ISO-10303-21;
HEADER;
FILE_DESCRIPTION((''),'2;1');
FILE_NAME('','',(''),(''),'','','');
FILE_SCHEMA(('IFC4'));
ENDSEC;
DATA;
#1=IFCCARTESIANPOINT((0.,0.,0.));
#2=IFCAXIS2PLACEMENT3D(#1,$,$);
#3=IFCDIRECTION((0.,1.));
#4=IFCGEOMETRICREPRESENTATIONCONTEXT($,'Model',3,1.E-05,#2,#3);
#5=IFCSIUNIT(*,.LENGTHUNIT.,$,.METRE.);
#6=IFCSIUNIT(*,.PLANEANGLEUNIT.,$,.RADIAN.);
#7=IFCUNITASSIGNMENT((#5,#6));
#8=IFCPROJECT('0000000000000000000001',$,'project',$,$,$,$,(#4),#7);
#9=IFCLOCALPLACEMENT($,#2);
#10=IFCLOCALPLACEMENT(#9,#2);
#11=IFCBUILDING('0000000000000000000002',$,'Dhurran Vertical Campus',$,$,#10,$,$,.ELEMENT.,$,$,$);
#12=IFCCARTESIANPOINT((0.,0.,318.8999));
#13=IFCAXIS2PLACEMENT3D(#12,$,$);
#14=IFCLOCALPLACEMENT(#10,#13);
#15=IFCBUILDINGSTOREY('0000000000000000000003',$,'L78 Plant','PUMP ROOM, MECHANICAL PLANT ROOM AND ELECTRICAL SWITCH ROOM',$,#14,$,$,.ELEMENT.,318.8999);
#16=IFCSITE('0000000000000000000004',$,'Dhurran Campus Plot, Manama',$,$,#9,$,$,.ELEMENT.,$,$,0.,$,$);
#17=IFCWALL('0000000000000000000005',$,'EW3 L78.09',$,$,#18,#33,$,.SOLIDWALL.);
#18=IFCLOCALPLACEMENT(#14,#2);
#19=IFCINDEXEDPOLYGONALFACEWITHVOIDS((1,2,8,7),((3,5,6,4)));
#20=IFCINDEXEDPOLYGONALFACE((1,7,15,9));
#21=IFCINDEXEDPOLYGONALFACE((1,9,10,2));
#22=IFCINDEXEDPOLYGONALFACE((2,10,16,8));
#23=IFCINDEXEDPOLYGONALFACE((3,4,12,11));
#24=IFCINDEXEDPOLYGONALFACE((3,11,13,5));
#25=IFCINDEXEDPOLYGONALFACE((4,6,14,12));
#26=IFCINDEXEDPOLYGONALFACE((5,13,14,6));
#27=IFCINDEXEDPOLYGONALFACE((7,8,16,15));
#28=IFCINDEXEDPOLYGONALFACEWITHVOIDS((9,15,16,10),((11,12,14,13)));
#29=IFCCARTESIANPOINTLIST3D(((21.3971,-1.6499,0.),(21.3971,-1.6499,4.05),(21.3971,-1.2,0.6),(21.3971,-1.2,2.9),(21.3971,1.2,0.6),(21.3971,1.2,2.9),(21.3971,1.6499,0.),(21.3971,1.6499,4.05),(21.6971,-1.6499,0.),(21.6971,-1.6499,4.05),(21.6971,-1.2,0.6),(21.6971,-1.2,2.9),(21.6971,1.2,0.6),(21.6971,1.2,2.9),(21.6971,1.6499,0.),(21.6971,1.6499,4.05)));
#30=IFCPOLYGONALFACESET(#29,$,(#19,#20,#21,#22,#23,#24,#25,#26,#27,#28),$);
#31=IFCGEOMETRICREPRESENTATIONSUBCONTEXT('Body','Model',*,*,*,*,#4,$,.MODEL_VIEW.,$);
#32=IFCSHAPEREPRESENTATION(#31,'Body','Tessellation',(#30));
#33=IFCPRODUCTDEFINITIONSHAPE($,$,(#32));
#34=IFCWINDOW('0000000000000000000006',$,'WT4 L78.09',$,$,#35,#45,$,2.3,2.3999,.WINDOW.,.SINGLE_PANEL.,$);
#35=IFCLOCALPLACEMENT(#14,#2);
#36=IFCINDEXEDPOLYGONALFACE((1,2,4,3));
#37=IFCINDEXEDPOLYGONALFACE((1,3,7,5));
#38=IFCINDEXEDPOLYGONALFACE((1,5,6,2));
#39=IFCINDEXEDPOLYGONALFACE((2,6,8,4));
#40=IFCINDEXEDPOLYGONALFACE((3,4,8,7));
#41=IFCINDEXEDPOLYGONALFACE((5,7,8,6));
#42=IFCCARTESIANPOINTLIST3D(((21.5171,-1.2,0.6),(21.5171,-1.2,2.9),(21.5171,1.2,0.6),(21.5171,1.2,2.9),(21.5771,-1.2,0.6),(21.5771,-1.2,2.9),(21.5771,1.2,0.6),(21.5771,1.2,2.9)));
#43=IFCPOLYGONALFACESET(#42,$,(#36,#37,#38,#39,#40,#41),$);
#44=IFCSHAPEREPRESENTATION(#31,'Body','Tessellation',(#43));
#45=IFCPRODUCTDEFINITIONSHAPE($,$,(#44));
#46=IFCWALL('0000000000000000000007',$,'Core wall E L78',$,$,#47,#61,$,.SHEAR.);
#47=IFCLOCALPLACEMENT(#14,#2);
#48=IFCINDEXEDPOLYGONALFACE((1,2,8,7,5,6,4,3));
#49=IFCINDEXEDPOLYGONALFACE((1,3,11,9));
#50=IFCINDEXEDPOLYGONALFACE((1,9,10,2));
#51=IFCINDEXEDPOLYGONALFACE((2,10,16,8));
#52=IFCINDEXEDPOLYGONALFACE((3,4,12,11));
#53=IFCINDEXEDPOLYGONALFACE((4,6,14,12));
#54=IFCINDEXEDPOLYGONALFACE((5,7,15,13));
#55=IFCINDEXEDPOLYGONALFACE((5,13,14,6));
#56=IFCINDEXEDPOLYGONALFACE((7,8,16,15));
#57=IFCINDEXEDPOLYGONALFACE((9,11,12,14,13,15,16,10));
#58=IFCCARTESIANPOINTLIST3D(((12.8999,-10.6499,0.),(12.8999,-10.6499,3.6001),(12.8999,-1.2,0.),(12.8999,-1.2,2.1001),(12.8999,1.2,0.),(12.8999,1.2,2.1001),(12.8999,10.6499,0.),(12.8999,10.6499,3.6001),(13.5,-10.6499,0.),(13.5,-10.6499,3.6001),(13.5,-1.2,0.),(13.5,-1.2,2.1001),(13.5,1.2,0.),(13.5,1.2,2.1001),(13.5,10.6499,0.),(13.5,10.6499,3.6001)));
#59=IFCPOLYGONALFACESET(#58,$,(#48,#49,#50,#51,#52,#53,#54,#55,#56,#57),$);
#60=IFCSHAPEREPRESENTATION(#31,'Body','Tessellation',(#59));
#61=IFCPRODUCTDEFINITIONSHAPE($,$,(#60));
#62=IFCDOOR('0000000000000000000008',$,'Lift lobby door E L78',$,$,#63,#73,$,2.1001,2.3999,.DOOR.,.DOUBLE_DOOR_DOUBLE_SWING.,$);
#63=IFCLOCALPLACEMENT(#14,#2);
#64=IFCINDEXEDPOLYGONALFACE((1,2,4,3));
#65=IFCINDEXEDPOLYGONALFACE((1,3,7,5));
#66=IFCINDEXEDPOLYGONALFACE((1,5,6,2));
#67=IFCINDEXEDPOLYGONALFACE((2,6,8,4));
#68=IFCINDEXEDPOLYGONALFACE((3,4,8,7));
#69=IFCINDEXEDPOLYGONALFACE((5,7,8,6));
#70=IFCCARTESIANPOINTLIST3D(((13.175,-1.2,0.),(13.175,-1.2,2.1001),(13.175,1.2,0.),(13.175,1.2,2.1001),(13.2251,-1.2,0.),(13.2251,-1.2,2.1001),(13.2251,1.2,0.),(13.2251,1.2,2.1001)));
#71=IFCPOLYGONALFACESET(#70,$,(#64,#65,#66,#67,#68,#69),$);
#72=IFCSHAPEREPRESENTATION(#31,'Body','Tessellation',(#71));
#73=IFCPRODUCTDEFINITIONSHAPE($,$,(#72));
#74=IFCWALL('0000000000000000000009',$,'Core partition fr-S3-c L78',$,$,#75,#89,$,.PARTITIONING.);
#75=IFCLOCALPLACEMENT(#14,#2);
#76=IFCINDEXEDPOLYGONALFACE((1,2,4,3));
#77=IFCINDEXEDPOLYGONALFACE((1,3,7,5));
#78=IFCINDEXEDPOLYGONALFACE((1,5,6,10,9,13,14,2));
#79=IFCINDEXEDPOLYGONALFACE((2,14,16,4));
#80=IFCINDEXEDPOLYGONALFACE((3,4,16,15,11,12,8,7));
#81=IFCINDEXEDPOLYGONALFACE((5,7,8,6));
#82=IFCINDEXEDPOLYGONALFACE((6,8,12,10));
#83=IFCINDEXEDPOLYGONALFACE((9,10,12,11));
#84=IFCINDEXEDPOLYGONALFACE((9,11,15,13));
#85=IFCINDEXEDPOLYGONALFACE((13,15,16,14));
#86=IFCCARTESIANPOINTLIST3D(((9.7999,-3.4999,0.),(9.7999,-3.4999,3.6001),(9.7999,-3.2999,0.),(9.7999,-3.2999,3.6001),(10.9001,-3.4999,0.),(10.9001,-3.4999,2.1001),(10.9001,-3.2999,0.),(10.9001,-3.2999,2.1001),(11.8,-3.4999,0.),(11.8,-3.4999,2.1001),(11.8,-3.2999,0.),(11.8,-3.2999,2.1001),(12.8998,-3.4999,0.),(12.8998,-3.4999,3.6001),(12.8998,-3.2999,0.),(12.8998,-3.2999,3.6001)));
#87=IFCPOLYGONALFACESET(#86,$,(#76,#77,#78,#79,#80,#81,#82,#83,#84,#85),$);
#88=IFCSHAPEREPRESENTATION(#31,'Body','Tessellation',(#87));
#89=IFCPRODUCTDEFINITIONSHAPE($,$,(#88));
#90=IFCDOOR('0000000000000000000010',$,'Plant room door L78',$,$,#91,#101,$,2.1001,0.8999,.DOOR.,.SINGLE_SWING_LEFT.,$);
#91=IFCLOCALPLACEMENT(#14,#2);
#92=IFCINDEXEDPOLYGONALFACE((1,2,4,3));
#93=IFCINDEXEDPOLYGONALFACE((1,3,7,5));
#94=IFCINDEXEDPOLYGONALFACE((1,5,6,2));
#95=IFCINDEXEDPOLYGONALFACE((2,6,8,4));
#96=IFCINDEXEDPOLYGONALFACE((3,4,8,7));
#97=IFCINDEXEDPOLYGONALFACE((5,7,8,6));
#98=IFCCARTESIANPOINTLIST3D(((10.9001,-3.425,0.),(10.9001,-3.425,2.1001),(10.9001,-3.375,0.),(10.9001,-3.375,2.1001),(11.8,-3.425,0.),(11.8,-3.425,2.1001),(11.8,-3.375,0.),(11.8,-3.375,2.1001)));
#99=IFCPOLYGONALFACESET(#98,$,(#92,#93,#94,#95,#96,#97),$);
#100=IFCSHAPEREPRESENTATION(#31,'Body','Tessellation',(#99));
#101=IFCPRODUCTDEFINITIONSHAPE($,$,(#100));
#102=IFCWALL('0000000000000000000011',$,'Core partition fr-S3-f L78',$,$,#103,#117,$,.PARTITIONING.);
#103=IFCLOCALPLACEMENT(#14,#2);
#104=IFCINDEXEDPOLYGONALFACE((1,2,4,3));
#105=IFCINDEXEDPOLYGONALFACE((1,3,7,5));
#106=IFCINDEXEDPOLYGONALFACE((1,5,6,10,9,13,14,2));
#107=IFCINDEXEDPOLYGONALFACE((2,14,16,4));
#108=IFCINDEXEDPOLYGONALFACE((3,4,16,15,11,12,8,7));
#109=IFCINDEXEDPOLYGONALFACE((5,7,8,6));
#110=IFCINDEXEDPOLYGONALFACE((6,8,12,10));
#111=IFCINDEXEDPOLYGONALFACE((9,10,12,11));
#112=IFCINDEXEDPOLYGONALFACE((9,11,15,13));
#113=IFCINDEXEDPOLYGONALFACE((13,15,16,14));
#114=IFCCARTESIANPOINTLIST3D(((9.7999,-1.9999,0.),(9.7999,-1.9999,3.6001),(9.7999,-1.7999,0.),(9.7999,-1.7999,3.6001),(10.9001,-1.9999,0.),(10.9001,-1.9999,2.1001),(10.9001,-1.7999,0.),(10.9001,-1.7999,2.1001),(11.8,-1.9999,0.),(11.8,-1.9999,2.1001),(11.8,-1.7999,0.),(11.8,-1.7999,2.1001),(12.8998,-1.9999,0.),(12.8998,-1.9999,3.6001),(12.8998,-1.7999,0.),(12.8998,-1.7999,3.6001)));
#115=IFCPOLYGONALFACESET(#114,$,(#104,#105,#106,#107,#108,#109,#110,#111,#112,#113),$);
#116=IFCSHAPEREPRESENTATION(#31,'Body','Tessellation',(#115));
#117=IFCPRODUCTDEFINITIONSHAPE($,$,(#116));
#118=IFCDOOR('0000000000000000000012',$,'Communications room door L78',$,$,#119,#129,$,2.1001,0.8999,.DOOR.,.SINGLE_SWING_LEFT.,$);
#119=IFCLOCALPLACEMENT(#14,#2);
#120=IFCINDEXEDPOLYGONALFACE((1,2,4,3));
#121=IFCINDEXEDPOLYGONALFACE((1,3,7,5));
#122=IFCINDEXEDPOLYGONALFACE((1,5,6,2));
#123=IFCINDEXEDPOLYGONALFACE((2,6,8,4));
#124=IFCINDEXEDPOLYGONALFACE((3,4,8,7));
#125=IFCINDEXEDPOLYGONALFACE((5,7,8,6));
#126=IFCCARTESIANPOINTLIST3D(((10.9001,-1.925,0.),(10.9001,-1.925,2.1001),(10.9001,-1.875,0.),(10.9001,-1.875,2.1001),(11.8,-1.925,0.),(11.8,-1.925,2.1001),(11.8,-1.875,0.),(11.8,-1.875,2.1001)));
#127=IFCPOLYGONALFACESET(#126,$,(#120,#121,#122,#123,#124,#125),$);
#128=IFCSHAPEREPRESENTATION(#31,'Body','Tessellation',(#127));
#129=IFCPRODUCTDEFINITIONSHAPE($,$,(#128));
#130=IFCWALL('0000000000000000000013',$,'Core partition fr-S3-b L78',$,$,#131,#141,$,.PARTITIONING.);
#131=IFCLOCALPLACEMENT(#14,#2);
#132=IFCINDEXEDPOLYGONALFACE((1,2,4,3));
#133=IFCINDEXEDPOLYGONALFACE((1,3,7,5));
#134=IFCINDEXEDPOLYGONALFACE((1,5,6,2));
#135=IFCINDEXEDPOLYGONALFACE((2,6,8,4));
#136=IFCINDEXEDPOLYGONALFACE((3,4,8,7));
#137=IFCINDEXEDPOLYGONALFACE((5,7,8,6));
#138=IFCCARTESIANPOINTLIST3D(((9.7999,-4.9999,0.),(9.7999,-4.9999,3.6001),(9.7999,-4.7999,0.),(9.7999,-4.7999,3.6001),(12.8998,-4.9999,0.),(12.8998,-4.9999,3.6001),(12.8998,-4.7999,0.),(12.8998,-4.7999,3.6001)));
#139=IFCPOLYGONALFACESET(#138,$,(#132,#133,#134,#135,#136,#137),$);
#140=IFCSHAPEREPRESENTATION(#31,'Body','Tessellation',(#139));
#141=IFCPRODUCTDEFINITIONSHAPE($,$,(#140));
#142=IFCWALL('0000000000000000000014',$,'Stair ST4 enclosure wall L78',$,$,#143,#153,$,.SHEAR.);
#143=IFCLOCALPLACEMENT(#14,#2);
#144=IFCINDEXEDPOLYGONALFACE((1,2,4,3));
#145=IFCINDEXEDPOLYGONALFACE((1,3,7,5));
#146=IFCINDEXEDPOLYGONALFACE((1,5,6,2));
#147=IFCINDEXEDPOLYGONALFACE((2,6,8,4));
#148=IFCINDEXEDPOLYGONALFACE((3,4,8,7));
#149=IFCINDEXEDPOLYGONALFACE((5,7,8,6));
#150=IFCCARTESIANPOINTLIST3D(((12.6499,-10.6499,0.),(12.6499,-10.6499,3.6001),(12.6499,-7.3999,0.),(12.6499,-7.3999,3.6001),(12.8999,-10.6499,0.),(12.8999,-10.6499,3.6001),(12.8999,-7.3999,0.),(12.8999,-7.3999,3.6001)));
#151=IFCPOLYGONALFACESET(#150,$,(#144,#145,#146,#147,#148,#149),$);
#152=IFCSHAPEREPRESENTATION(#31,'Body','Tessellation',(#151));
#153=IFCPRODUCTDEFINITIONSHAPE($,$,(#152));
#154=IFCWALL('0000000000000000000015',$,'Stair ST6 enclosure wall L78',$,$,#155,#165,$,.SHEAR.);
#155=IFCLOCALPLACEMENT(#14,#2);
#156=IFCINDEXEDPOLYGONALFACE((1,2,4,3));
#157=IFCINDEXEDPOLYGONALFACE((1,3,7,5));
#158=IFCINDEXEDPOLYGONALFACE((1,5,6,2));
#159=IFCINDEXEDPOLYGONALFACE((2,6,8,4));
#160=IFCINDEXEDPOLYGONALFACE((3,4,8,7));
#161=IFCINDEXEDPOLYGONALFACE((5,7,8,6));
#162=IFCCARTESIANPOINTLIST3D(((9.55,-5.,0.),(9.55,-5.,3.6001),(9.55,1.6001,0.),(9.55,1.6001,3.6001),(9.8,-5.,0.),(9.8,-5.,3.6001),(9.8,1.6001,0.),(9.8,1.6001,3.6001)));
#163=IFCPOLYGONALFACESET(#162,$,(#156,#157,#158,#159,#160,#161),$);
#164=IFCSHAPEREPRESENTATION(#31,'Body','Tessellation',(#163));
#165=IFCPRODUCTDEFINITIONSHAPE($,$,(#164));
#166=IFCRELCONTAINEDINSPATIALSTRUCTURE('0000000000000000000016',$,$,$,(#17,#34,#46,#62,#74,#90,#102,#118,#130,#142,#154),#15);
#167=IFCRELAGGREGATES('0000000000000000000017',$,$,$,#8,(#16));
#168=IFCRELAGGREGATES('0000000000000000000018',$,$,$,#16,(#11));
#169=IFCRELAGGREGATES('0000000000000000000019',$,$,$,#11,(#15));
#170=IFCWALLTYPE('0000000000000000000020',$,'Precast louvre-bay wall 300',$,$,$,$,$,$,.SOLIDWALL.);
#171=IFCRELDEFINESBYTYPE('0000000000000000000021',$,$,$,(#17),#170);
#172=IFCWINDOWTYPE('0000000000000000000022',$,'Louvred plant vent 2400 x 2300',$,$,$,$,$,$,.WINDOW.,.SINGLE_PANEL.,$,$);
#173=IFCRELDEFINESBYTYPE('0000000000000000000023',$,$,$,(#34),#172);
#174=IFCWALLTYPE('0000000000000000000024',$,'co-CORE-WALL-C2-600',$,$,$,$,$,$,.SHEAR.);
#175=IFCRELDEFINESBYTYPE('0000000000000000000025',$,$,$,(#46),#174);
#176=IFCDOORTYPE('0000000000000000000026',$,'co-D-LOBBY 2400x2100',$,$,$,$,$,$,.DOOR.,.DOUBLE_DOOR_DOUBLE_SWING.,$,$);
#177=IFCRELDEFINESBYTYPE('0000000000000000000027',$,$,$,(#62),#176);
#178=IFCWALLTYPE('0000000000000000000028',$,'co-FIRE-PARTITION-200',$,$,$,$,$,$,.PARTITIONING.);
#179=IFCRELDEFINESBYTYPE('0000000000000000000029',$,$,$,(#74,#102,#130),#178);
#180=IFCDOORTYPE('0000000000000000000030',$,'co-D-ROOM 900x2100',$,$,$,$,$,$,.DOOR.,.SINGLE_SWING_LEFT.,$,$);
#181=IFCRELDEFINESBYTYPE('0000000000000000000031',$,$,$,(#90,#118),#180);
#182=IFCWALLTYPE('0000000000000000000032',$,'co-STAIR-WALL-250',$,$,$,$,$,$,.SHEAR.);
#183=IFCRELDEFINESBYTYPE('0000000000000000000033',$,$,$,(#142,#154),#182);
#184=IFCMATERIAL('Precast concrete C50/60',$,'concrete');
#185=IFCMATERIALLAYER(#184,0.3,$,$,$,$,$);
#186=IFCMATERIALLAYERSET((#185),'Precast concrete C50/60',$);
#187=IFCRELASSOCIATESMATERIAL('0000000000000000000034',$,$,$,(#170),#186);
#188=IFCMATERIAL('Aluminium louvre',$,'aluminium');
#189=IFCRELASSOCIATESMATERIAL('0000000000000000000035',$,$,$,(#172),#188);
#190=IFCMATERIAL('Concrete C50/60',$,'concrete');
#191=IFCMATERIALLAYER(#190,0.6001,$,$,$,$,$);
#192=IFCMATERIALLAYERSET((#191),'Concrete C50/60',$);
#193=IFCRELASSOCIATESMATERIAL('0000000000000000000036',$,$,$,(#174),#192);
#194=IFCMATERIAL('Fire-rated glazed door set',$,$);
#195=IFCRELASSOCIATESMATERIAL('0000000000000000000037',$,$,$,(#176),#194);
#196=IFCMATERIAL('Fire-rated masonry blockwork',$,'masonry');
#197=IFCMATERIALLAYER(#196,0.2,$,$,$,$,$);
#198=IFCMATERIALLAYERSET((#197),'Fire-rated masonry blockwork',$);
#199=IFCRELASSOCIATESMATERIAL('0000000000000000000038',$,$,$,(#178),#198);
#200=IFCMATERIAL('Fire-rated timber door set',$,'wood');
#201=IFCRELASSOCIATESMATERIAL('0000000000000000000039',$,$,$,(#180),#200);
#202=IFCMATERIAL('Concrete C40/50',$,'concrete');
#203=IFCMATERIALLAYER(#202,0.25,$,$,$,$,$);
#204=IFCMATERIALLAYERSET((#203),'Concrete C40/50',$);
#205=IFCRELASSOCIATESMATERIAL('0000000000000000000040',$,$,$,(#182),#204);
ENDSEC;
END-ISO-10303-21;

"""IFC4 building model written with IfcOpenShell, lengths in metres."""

from ifc_helpers import new_model, si_unit, direction, frame, frame_2d, origin, place, context, subcontext, project, spatial, rectangle, extrude, material, layer, layer_set, type_object, element, fill, save


model = new_model("IFC4")

# Units and contexts
model_context = context("Model", 3, precision=1e-05, world=origin(), true_north=direction((0.0, 1.0)))
body_context = subcontext(model_context, "Body", "Model", "MODEL_VIEW")
ifc_project = project(units=[si_unit("LENGTHUNIT", "METRE"), si_unit("PLANEANGLEUNIT", "RADIAN")], contexts=[model_context])

# Site, building, storey
site_placement = place(None, origin())
site = spatial("IfcSite", under=ifc_project, at=site_placement, Name="Dhurran Campus Plot, Manama", CompositionType="ELEMENT", RefElevation=0.0)
building_placement = place(site_placement, origin())
building = spatial("IfcBuilding", under=site, at=building_placement, Name="Dhurran Vertical Campus", CompositionType="ELEMENT")
storey_placement = place(building_placement, frame((0.0, 0.0, 318.8999)))
storey = spatial("IfcBuildingStorey", under=building, at=storey_placement, Name="L78 Plant", Description="PUMP ROOM, MECHANICAL PLANT ROOM AND ELECTRICAL SWITCH ROOM", CompositionType="ELEMENT", Elevation=318.8999)

# Wall, opening, window
ifc_material_1 = material(Name="Precast concrete C50/60", Category="concrete")
ifc_layer_1 = layer(ifc_material_1, 0.3)
ifc_layer_set_1 = layer_set([ifc_layer_1], Name="Precast concrete C50/60")
wall_type_1 = type_object("IfcWallType", Name="Precast louvre-bay wall 300", PredefinedType="SOLIDWALL", material=ifc_layer_set_1)
ifc_material_2 = material(Name="Aluminium louvre", Category="aluminium")
window_type = type_object("IfcWindowType", Name="Louvred plant vent 2400 x 2300", PartitioningType="SINGLE_PANEL", PredefinedType="WINDOW", material=ifc_material_2)
wall_1_placement = place(storey_placement, frame((21.5471, -1.6499, 0.0), z_axis=(0.0, 0.0, 1.0), x_axis=(0.0, 1.0, 0.0)))
wall_1 = element("IfcWall", 1, at=wall_1_placement, inside=storey, type_object=wall_type_1, Name="EW3 L78.09", PredefinedType="SOLIDWALL", context=body_context, shape_type="SweptSolid", body=[
    extrude(rectangle(XDim=3.2998, YDim=0.3, at=frame_2d((1.6499, 0.0))), origin(), (0.0, 0.0, 1.0), 4.05),
])
opening_1_placement = place(wall_1_placement, frame((0.45, 0.0, 0.6001)))
opening_1 = element("IfcOpeningElement", 2, at=opening_1_placement, cuts=wall_1, PredefinedType="OPENING", context=body_context, shape_type="SweptSolid", body=[
    extrude(rectangle(XDim=2.3999, YDim=2.3, at=frame_2d((1.2, 1.1499))), frame((0.0, 0.1599, 0.0), z_axis=(0.0, -1.0, 0.0), x_axis=(1.0, 0.0, 0.0)), (0.0, 0.0, 1.0), 0.3201),
])
window_1_placement = place(opening_1_placement, origin())
window_1 = element("IfcWindow", 3, at=window_1_placement, inside=storey, type_object=window_type, Name="WT4 L78.09", OverallHeight=2.3, OverallWidth=2.3999, PartitioningType="SINGLE_PANEL", PredefinedType="WINDOW", context=body_context, shape_type="SweptSolid", body=[
    extrude(rectangle(XDim=2.3999, YDim=2.3, at=frame_2d((1.2, 1.1499))), frame((0.0, 0.03, 0.0), z_axis=(0.0, -1.0, 0.0), x_axis=(1.0, 0.0, 0.0)), (0.0, 0.0, 1.0), 0.0601),
])
fill(opening_1, window_1)

# Walls, openings, doors
ifc_material_3 = material(Name="Concrete C50/60", Category="concrete")
ifc_layer_2 = layer(ifc_material_3, 0.6001)
ifc_layer_set_2 = layer_set([ifc_layer_2], Name="Concrete C50/60")
wall_type_2 = type_object("IfcWallType", Name="co-CORE-WALL-C2-600", PredefinedType="SHEAR", material=ifc_layer_set_2)
wall_2_placement = place(storey_placement, frame((13.2, -10.6499, 0.0), z_axis=(0.0, 0.0, 1.0), x_axis=(0.0, 1.0, 0.0)))
wall_2 = element("IfcWall", 4, at=wall_2_placement, inside=storey, type_object=wall_type_2, Name="Core wall E L78", PredefinedType="SHEAR", context=body_context, shape_type="SweptSolid", body=[
    extrude(rectangle(XDim=21.2998, YDim=0.6001, at=frame_2d((10.6499, 0.0))), origin(), (0.0, 0.0, 1.0), 3.6001),
])
opening_2_placement = place(wall_2_placement, frame((9.45, 0.0, 0.0)))
opening_2 = element("IfcOpeningElement", 5, at=opening_2_placement, cuts=wall_2, PredefinedType="OPENING", context=body_context, shape_type="SweptSolid", body=[
    extrude(rectangle(XDim=2.3999, YDim=2.1001, at=frame_2d((1.2, 1.05))), frame((0.0, 0.3101, 0.0), z_axis=(0.0, -1.0, 0.0), x_axis=(1.0, 0.0, 0.0)), (0.0, 0.0, 1.0), 0.6201),
])
ifc_material_4 = material(Name="Fire-rated glazed door set")
door_type_1 = type_object("IfcDoorType", Name="co-D-LOBBY 2400x2100", OperationType="DOUBLE_DOOR_DOUBLE_SWING", PredefinedType="DOOR", material=ifc_material_4)
door_1_placement = place(opening_2_placement, origin())
door_1 = element("IfcDoor", 6, at=door_1_placement, inside=storey, type_object=door_type_1, Name="Lift lobby door E L78", OperationType="DOUBLE_DOOR_DOUBLE_SWING", OverallHeight=2.1001, OverallWidth=2.3999, PredefinedType="DOOR", context=body_context, shape_type="SweptSolid", body=[
    extrude(rectangle(XDim=2.3999, YDim=2.1001, at=frame_2d((1.2, 1.05))), frame((0.0, 0.0249, 0.0), z_axis=(0.0, -1.0, 0.0), x_axis=(1.0, 0.0, 0.0)), (0.0, 0.0, 1.0), 0.05),
])
fill(opening_2, door_1)
ifc_material_5 = material(Name="Fire-rated masonry blockwork", Category="masonry")
ifc_layer_3 = layer(ifc_material_5, 0.2)
ifc_layer_set_3 = layer_set([ifc_layer_3], Name="Fire-rated masonry blockwork")
wall_type_3 = type_object("IfcWallType", Name="co-FIRE-PARTITION-200", PredefinedType="PARTITIONING", material=ifc_layer_set_3)
wall_3_placement = place(storey_placement, frame((9.8, -3.3999, 0.0), z_axis=(0.0, 0.0, 1.0), x_axis=(1.0, 0.0, 0.0)))
wall_3 = element("IfcWall", 7, at=wall_3_placement, inside=storey, type_object=wall_type_3, Name="Core partition fr-S3-c L78", PredefinedType="PARTITIONING", context=body_context, shape_type="SweptSolid", body=[
    extrude(rectangle(XDim=3.0999, YDim=0.2, at=frame_2d((1.5498, 0.0))), origin(), (0.0, 0.0, 1.0), 3.6001),
])
opening_3_placement = place(wall_3_placement, frame((1.1001, 0.0, 0.0)))
opening_3 = element("IfcOpeningElement", 8, at=opening_3_placement, cuts=wall_3, PredefinedType="OPENING", context=body_context, shape_type="SweptSolid", body=[
    extrude(rectangle(XDim=0.8999, YDim=2.1001, at=frame_2d((0.45, 1.05))), frame((0.0, 0.1099, 0.0), z_axis=(0.0, -1.0, 0.0), x_axis=(1.0, 0.0, 0.0)), (0.0, 0.0, 1.0), 0.22),
])
ifc_material_6 = material(Name="Fire-rated timber door set", Category="wood")
door_type_2 = type_object("IfcDoorType", Name="co-D-ROOM 900x2100", OperationType="SINGLE_SWING_LEFT", PredefinedType="DOOR", material=ifc_material_6)
door_2_placement = place(opening_3_placement, origin())
door_2 = element("IfcDoor", 9, at=door_2_placement, inside=storey, type_object=door_type_2, Name="Plant room door L78", OperationType="SINGLE_SWING_LEFT", OverallHeight=2.1001, OverallWidth=0.8999, PredefinedType="DOOR", context=body_context, shape_type="SweptSolid", body=[
    extrude(rectangle(XDim=0.8999, YDim=2.1001, at=frame_2d((0.45, 1.05))), frame((0.0, 0.0249, 0.0), z_axis=(0.0, -1.0, 0.0), x_axis=(1.0, 0.0, 0.0)), (0.0, 0.0, 1.0), 0.05),
])
fill(opening_3, door_2)
wall_4_placement = place(storey_placement, frame((9.8, -1.8999, 0.0), z_axis=(0.0, 0.0, 1.0), x_axis=(1.0, 0.0, 0.0)))
wall_4 = element("IfcWall", 10, at=wall_4_placement, inside=storey, type_object=wall_type_3, Name="Core partition fr-S3-f L78", PredefinedType="PARTITIONING", context=body_context, shape_type="SweptSolid", body=[
    extrude(rectangle(XDim=3.0999, YDim=0.2, at=frame_2d((1.5498, 0.0))), origin(), (0.0, 0.0, 1.0), 3.6001),
])
opening_4_placement = place(wall_4_placement, frame((1.1001, 0.0, 0.0)))
opening_4 = element("IfcOpeningElement", 11, at=opening_4_placement, cuts=wall_4, PredefinedType="OPENING", context=body_context, shape_type="SweptSolid", body=[
    extrude(rectangle(XDim=0.8999, YDim=2.1001, at=frame_2d((0.45, 1.05))), frame((0.0, 0.1099, 0.0), z_axis=(0.0, -1.0, 0.0), x_axis=(1.0, 0.0, 0.0)), (0.0, 0.0, 1.0), 0.22),
])
door_3_placement = place(opening_4_placement, origin())
door_3 = element("IfcDoor", 12, at=door_3_placement, inside=storey, type_object=door_type_2, Name="Communications room door L78", OperationType="SINGLE_SWING_LEFT", OverallHeight=2.1001, OverallWidth=0.8999, PredefinedType="DOOR", context=body_context, shape_type="SweptSolid", body=[
    extrude(rectangle(XDim=0.8999, YDim=2.1001, at=frame_2d((0.45, 1.05))), frame((0.0, 0.0249, 0.0), z_axis=(0.0, -1.0, 0.0), x_axis=(1.0, 0.0, 0.0)), (0.0, 0.0, 1.0), 0.05),
])
fill(opening_4, door_3)

# Walls
wall_5_placement = place(storey_placement, frame((9.8, -4.8999, 0.0), z_axis=(0.0, 0.0, 1.0), x_axis=(1.0, 0.0, 0.0)))
element("IfcWall", 13, at=wall_5_placement, inside=storey, type_object=wall_type_3, Name="Core partition fr-S3-b L78", PredefinedType="PARTITIONING", context=body_context, shape_type="SweptSolid", body=[
    extrude(rectangle(XDim=3.0999, YDim=0.2, at=frame_2d((1.5498, 0.0))), origin(), (0.0, 0.0, 1.0), 3.6001),
])
ifc_material_7 = material(Name="Concrete C40/50", Category="concrete")
ifc_layer_4 = layer(ifc_material_7, 0.25)
ifc_layer_set_4 = layer_set([ifc_layer_4], Name="Concrete C40/50")
wall_type_4 = type_object("IfcWallType", Name="co-STAIR-WALL-250", PredefinedType="SHEAR", material=ifc_layer_set_4)
wall_6_placement = place(storey_placement, frame((12.7749, -10.6499, 0.0), z_axis=(0.0, 0.0, 1.0), x_axis=(0.0, 1.0, 0.0)))
element("IfcWall", 14, at=wall_6_placement, inside=storey, type_object=wall_type_4, Name="Stair ST4 enclosure wall L78", PredefinedType="SHEAR", context=body_context, shape_type="SweptSolid", body=[
    extrude(rectangle(XDim=3.25, YDim=0.25, at=frame_2d((1.625, 0.0))), origin(), (0.0, 0.0, 1.0), 3.6001),
])
wall_7_placement = place(storey_placement, frame((9.675, -5.0, 0.0), z_axis=(0.0, 0.0, 1.0), x_axis=(0.0, 1.0, 0.0)))
element("IfcWall", 15, at=wall_7_placement, inside=storey, type_object=wall_type_4, Name="Stair ST6 enclosure wall L78", PredefinedType="SHEAR", context=body_context, shape_type="SweptSolid", body=[
    extrude(rectangle(XDim=6.6001, YDim=0.25, at=frame_2d((3.3, 0.0))), origin(), (0.0, 0.0, 1.0), 3.6001),
])

save(model, "model.ifc")
